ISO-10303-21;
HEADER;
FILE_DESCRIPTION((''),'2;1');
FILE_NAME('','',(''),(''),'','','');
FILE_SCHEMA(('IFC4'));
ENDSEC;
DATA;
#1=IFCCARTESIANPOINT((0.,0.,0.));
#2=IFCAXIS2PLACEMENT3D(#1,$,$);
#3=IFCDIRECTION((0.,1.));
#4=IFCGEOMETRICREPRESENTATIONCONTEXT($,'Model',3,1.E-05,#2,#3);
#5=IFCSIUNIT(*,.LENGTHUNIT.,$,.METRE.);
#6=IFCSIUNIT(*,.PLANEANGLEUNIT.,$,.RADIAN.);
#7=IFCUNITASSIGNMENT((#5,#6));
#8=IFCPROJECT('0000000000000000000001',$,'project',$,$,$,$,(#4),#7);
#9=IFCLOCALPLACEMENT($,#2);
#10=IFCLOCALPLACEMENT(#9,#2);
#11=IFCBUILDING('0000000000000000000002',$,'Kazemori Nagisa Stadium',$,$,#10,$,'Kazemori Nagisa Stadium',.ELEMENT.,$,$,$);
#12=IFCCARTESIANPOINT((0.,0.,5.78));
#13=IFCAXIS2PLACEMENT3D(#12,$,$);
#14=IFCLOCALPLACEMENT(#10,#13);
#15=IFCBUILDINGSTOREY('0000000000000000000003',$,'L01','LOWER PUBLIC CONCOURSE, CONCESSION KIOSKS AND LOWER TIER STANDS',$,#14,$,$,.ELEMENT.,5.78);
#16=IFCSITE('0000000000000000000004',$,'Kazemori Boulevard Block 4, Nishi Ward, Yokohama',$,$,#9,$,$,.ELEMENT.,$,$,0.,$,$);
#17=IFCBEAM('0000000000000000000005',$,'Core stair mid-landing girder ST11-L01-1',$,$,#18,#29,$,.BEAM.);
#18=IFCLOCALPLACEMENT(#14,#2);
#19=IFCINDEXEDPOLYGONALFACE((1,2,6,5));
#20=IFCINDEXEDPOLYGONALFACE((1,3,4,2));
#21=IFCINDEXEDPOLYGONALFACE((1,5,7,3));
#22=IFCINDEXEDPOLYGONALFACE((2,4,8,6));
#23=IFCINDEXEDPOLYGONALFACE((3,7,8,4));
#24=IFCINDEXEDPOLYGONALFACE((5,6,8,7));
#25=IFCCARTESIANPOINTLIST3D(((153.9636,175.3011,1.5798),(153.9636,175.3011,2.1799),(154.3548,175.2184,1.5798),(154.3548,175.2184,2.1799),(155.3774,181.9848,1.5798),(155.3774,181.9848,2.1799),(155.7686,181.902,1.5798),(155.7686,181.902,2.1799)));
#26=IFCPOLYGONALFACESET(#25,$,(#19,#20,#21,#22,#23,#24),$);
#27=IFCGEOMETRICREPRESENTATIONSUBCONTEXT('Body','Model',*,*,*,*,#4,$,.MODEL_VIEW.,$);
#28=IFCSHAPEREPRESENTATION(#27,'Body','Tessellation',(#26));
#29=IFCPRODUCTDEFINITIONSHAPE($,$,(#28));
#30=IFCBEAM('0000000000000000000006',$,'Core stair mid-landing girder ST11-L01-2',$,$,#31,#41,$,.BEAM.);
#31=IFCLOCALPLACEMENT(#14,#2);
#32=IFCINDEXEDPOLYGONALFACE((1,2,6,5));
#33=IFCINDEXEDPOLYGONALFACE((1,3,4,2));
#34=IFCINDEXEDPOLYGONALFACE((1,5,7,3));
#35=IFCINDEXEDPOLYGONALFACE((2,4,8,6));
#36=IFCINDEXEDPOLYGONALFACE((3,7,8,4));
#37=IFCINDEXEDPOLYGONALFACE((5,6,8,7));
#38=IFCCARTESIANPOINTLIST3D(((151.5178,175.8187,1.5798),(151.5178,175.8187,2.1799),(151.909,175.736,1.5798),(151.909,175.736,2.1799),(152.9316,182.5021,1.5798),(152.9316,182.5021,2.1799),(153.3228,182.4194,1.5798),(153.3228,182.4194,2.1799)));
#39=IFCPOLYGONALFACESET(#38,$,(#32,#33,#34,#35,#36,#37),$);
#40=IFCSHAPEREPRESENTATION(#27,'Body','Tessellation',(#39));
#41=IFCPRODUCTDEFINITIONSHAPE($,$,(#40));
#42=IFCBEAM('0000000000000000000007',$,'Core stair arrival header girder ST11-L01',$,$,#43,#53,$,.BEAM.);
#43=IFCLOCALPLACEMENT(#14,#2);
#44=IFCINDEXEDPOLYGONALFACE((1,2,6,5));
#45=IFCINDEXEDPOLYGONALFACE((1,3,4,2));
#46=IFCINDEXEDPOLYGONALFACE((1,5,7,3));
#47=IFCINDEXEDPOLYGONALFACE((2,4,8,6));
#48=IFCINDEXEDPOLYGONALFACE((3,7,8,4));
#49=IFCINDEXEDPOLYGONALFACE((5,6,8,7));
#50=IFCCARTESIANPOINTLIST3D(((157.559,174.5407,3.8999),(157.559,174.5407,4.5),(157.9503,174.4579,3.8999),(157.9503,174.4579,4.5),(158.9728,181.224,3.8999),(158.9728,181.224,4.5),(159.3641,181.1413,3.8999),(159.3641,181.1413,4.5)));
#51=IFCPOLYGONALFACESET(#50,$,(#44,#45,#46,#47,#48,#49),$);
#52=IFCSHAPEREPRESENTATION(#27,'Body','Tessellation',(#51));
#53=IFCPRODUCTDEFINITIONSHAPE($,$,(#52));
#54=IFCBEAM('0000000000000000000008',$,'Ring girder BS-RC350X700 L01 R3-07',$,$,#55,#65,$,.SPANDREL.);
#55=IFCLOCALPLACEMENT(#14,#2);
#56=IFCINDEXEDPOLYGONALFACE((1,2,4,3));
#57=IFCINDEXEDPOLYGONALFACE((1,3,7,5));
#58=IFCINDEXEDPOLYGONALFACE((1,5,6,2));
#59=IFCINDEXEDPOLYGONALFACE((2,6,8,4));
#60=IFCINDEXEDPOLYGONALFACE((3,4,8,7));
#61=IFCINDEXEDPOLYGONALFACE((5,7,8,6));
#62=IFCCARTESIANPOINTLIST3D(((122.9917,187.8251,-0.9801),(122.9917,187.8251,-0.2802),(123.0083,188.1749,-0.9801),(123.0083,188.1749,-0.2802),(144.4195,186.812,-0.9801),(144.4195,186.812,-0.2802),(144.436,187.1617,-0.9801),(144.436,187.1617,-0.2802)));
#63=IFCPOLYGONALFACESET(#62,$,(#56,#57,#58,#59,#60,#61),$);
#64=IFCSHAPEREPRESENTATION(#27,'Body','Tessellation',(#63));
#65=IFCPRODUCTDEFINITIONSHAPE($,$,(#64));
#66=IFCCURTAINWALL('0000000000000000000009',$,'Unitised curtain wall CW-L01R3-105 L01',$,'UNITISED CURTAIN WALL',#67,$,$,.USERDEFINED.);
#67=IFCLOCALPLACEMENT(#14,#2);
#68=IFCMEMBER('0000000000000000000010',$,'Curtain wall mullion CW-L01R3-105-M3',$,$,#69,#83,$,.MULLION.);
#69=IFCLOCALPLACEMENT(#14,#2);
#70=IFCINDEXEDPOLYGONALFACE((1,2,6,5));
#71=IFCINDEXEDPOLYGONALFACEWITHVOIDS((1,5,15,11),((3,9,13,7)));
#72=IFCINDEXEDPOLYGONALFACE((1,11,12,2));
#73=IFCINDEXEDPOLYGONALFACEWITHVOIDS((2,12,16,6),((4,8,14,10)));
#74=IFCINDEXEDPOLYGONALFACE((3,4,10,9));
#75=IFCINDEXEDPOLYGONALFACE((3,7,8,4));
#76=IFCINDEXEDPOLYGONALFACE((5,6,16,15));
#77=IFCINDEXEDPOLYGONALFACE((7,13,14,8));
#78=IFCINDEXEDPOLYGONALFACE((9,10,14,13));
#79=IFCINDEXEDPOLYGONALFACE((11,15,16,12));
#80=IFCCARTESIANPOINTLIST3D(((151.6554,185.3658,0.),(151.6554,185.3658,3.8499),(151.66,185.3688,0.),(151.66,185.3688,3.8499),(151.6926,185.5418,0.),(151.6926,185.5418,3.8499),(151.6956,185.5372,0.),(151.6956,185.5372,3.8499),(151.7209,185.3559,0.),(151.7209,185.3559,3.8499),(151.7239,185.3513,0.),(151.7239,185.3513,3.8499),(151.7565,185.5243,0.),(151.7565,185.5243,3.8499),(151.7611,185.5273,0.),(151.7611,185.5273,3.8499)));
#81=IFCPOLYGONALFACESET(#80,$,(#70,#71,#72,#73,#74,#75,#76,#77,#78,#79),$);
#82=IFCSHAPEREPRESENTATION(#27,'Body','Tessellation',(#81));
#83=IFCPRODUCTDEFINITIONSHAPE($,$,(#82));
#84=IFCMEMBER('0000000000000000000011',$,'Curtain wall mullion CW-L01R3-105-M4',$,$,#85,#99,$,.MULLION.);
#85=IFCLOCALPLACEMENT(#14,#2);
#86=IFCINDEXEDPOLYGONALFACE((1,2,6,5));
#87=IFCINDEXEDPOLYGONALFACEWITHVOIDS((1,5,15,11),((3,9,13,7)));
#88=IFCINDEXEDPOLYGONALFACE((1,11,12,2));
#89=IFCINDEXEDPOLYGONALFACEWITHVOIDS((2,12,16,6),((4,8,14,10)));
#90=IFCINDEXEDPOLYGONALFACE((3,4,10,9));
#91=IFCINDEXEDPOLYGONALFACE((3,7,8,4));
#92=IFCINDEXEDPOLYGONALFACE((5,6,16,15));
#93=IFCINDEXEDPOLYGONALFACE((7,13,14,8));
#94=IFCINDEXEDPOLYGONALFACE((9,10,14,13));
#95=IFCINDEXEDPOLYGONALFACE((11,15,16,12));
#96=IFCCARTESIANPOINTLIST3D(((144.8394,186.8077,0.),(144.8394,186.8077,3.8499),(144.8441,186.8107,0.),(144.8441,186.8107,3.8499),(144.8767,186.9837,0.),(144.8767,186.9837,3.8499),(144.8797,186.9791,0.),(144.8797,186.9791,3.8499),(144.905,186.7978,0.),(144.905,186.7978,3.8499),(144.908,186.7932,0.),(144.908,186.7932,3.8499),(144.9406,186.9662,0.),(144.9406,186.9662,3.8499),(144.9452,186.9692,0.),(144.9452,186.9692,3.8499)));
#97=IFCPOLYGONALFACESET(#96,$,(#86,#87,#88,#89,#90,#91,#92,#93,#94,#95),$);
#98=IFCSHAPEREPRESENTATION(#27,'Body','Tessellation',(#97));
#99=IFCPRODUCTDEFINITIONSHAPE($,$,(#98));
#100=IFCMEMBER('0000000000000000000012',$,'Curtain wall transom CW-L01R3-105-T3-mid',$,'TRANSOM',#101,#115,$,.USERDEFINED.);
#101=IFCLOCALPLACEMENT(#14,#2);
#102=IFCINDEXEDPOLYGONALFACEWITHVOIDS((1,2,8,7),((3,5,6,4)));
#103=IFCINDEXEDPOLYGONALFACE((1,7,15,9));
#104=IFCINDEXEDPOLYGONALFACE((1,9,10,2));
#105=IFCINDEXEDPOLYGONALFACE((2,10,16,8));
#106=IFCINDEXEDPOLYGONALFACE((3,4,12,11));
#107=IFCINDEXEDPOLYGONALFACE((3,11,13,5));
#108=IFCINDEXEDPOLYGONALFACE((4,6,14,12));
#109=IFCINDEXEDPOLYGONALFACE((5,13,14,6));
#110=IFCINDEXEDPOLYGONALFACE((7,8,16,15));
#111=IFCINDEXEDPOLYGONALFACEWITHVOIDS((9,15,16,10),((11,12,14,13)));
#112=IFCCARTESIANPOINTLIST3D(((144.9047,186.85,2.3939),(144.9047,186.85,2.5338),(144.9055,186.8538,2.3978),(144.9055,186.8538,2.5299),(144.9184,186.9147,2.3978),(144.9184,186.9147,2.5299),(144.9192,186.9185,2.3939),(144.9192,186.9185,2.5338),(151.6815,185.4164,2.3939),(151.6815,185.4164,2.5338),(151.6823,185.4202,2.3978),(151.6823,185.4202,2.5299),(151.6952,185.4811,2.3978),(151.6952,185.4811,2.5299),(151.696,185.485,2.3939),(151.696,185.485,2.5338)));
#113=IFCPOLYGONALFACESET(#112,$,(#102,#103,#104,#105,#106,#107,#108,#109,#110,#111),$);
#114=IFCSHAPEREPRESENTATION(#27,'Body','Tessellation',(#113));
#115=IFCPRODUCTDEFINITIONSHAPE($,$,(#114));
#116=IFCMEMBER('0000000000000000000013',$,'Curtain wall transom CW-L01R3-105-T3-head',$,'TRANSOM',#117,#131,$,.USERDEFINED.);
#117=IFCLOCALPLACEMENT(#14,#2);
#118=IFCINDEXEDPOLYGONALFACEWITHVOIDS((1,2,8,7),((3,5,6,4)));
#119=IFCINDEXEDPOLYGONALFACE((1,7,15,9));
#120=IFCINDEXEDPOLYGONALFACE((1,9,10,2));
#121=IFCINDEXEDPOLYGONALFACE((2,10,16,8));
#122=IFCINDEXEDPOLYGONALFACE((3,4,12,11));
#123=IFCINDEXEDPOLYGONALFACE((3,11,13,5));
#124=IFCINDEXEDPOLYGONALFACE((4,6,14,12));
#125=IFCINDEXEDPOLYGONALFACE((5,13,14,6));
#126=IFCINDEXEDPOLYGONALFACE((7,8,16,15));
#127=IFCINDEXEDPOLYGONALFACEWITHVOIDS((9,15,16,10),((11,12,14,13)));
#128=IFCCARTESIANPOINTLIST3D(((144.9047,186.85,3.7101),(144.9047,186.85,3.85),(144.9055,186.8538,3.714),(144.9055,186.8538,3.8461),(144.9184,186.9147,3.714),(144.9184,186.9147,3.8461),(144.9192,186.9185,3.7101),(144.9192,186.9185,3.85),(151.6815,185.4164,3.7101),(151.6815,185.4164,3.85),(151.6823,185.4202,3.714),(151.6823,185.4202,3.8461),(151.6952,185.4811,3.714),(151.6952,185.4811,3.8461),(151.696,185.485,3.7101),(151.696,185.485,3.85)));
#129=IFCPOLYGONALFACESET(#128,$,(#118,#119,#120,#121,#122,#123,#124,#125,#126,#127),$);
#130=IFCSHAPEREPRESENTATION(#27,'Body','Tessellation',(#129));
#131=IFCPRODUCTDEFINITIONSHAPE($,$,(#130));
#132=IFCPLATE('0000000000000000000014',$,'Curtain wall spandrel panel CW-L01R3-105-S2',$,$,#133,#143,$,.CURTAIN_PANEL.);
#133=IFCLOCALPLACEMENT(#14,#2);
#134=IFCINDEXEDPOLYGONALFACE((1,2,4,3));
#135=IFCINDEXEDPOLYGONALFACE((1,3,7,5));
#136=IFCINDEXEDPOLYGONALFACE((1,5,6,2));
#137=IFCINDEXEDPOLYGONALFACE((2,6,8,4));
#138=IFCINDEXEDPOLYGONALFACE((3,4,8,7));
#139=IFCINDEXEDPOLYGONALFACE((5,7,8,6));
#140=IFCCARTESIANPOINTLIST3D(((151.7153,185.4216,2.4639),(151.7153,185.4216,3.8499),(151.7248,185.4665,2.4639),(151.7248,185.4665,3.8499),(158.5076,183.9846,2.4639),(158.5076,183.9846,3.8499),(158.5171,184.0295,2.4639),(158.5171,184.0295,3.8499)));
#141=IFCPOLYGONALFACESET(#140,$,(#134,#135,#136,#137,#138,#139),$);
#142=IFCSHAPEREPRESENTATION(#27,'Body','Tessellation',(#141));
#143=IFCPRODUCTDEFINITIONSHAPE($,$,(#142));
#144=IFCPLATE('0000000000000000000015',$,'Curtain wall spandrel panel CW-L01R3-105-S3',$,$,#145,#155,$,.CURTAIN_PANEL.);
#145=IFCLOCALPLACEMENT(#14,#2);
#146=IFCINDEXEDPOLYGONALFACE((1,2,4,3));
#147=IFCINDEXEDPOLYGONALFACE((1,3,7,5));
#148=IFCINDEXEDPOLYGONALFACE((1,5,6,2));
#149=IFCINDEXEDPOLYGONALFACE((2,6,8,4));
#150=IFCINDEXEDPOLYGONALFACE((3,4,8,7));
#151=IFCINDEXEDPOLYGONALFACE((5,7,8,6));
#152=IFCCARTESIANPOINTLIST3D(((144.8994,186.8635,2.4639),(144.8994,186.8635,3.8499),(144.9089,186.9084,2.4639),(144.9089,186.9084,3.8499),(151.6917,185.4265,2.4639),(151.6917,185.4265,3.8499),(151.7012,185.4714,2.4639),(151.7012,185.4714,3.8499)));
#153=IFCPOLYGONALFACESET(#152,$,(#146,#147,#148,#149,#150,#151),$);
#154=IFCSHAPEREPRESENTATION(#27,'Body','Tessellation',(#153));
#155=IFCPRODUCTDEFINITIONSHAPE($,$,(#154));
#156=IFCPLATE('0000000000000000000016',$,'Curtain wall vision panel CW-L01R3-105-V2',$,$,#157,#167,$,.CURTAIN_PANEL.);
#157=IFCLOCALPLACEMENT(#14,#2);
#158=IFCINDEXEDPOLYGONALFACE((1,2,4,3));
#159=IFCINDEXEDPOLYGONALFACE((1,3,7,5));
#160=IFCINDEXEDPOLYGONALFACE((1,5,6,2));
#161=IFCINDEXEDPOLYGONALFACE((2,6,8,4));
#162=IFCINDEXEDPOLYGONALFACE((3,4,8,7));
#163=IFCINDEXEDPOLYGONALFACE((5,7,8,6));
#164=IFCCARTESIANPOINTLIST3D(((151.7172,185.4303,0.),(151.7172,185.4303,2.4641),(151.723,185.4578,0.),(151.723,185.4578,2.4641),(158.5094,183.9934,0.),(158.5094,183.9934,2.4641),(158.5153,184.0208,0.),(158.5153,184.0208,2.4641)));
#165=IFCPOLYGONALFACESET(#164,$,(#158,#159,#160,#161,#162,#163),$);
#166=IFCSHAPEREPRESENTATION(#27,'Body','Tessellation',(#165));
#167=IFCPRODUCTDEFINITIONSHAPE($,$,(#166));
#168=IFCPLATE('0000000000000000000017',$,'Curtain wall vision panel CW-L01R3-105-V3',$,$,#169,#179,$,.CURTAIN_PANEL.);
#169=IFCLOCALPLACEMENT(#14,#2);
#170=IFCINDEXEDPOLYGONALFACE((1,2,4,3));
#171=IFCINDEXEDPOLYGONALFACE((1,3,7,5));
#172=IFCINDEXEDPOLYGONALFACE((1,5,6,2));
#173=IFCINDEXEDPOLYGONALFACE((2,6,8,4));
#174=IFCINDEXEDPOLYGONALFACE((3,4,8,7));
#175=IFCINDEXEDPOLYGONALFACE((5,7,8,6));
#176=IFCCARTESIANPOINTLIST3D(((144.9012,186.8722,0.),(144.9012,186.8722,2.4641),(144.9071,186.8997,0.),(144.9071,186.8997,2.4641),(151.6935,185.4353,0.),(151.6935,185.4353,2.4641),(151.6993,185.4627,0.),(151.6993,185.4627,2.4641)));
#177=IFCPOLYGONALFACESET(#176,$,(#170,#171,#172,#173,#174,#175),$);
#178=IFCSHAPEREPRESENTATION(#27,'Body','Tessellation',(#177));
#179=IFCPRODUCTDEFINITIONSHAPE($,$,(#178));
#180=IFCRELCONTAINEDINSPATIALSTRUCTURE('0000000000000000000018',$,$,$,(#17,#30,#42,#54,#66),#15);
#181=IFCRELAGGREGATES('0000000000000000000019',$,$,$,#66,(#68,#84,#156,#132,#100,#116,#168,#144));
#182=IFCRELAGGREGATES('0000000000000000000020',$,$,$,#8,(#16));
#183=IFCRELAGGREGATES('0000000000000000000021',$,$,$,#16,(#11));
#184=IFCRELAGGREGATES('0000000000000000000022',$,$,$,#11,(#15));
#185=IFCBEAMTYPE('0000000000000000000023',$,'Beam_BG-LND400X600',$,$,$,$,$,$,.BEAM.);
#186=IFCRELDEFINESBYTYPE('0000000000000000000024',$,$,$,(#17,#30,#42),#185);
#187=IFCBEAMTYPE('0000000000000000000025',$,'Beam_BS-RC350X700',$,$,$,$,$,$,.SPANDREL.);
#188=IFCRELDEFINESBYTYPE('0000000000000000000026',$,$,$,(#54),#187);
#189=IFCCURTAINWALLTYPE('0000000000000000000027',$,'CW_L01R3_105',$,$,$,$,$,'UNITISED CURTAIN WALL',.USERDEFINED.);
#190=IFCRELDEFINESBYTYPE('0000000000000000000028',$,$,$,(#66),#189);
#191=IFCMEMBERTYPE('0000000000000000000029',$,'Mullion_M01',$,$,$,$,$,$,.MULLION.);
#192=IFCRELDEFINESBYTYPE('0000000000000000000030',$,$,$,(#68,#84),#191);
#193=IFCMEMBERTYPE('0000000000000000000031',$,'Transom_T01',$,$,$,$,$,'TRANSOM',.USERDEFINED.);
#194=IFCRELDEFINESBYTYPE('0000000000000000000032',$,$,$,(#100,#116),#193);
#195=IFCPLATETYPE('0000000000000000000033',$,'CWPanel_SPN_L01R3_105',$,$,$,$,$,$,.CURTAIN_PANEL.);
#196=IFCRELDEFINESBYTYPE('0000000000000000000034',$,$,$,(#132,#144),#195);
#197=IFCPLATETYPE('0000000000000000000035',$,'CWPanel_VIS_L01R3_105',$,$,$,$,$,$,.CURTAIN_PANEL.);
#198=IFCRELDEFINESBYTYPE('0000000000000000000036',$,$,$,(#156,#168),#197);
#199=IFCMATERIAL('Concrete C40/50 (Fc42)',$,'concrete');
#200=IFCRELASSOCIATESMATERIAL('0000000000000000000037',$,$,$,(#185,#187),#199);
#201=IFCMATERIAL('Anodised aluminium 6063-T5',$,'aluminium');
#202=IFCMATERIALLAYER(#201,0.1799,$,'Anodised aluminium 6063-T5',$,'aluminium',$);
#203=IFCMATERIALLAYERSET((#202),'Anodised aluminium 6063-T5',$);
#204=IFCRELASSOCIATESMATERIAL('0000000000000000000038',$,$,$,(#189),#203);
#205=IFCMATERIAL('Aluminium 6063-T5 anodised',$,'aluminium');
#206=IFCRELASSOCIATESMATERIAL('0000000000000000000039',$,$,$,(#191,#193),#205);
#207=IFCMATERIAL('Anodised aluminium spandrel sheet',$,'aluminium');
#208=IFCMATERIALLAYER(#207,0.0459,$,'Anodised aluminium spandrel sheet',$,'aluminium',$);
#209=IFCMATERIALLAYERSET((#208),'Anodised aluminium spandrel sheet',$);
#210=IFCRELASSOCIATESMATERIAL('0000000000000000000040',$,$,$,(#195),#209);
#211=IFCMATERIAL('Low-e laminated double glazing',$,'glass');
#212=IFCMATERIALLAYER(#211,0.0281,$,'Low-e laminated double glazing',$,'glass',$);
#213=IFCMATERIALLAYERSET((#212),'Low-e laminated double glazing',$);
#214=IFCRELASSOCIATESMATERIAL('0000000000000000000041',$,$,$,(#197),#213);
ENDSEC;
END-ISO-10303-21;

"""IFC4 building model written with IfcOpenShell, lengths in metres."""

from ifc_helpers import new_model, si_unit, direction, frame, origin, origin_2d, place, context, subcontext, project, spatial, rectangle, hollow_rectangle, extrude, material, layer, layer_set, material_profile, profile_set, type_object, element, aggregate, save


model = new_model("IFC4")

# Units and contexts
model_context = context("Model", 3, precision=1e-05, world=origin(), true_north=direction((0.0, 1.0)))
body_context = subcontext(model_context, "Body", "Model", "MODEL_VIEW")
ifc_project = project(units=[si_unit("LENGTHUNIT", "METRE"), si_unit("PLANEANGLEUNIT", "RADIAN")], contexts=[model_context])

# Site, building, storey
site_placement = place(None, origin())
site = spatial("IfcSite", under=ifc_project, at=site_placement, Name="Kazemori Boulevard Block 4, Nishi Ward, Yokohama", CompositionType="ELEMENT", RefElevation=0.0)
building_placement = place(site_placement, origin())
building = spatial("IfcBuilding", under=site, at=building_placement, Name="Kazemori Nagisa Stadium", LongName="Kazemori Nagisa Stadium", CompositionType="ELEMENT")
storey_placement = place(building_placement, frame((0.0, 0.0, 5.78)))
storey = spatial("IfcBuildingStorey", under=building, at=storey_placement, Name="L01", Description="LOWER PUBLIC CONCOURSE, CONCESSION KIOSKS AND LOWER TIER STANDS", CompositionType="ELEMENT", Elevation=5.78)

# Beams
ifc_material_1 = material(Name="Concrete C40/50 (Fc42)", Category="concrete")
ifc_material_profile_1 = material_profile(ifc_material_1, rectangle(XDim=0.3999, YDim=0.6001, at=origin_2d()), Name="RC-BM-400x600")
ifc_profile_set_1 = profile_set([ifc_material_profile_1], Name="Concrete C40/50 (Fc42)")
beam_type_1 = type_object("IfcBeamType", Name="Beam_BG-LND400X600", PredefinedType="BEAM", material=ifc_profile_set_1)
beam_1_placement = place(storey_placement, frame((154.1592, 175.2598, 1.8799), z_axis=(0.206956, 0.97835, 0.0), x_axis=(-0.97835, 0.206956, 0.0)))
element("IfcBeam", 1, at=beam_1_placement, inside=storey, type_object=beam_type_1, Name="Core stair mid-landing girder ST11-L01-1", PredefinedType="BEAM", context=body_context, shape_type="SweptSolid", body=[
    extrude(rectangle(XDim=0.3999, YDim=0.6001, at=origin_2d()), origin(), (0.0, 0.0, 1.0), 6.8315),
])
for number, where, z_axis, x_axis, name in (
    (2, (151.7134, 175.7773, 1.8799), (0.206963, 0.978349, 0.0), (-0.978349, 0.206963, 0.0), "Core stair mid-landing girder ST11-L01-2"),
    (3, (157.7546, 174.4993, 4.2), (0.206963, 0.978349, 0.0), (-0.978349, 0.206963, 0.0), "Core stair arrival header girder ST11-L01"),
):
    element("IfcBeam", number, at=place(storey_placement, frame(where, z_axis=z_axis, x_axis=x_axis)), inside=storey, type_object=beam_type_1, Name=name, PredefinedType="BEAM", context=body_context, shape_type="SweptSolid", body=[
        extrude(rectangle(XDim=0.3999, YDim=0.6001, at=origin_2d()), origin(), (0.0, 0.0, 1.0), 6.8313),
    ])
ifc_material_profile_2 = material_profile(ifc_material_1, rectangle(XDim=0.3501, YDim=0.7, at=origin_2d()), Name="RC-SP-350x700")
ifc_profile_set_2 = profile_set([ifc_material_profile_2], Name="Concrete C40/50 (Fc42)")
beam_type_2 = type_object("IfcBeamType", Name="Beam_BS-RC350X700", PredefinedType="SPANDREL", material=ifc_profile_set_2)
beam_2_placement = place(storey_placement, frame((144.4277, 186.9868, -0.6301), z_axis=(-0.998884, 0.047231, 0.0), x_axis=(-0.047231, -0.998884, 0.0)))
element("IfcBeam", 4, at=beam_2_placement, inside=storey, type_object=beam_type_2, Name="Ring girder BS-RC350X700 L01 R3-07", PredefinedType="SPANDREL", context=body_context, shape_type="SweptSolid", body=[
    extrude(rectangle(XDim=0.3501, YDim=0.7, at=origin_2d()), origin(), (0.0, 0.0, 1.0), 21.4517),
])

# Curtain wall, members, plates
ifc_material_2 = material(Name="Anodised aluminium 6063-T5", Category="aluminium")
ifc_layer_1 = layer(ifc_material_2, 0.1799, Name="Anodised aluminium 6063-T5", Category="aluminium")
ifc_layer_set_1 = layer_set([ifc_layer_1], Name="Anodised aluminium 6063-T5")
curtain_wall_type = type_object("IfcCurtainWallType", Name="CW_L01R3_105", ElementType="UNITISED CURTAIN WALL", PredefinedType="USERDEFINED", material=ifc_layer_set_1)
curtain_wall_placement = place(storey_placement, origin())
curtain_wall = element("IfcCurtainWall", 5, at=curtain_wall_placement, inside=storey, type_object=curtain_wall_type, Name="Unitised curtain wall CW-L01R3-105 L01", ObjectType="UNITISED CURTAIN WALL", PredefinedType="USERDEFINED")
ifc_material_3 = material(Name="Aluminium 6063-T5 anodised", Category="aluminium")
ifc_material_profile_3 = material_profile(ifc_material_3, hollow_rectangle(XDim=0.0701, YDim=0.1799, WallThickness=0.0039, at=origin_2d()), Name="ALU-MULL-70x180x4")
ifc_profile_set_3 = profile_set([ifc_material_profile_3], Name="Aluminium 6063-T5 anodised")
member_type_1 = type_object("IfcMemberType", Name="Mullion_M01", PredefinedType="MULLION", material=ifc_profile_set_3)
member_1_placement = place(storey_placement, frame((151.7083, 185.4465, 0.0), z_axis=(0.0, 0.0, 1.0), x_axis=(-0.978345, 0.206981, 0.0)))
member_1 = element("IfcMember", 6, at=member_1_placement, type_object=member_type_1, Name="Curtain wall mullion CW-L01R3-105-M3", PredefinedType="MULLION", context=body_context, shape_type="SweptSolid", body=[
    extrude(hollow_rectangle(XDim=0.0701, YDim=0.1799, WallThickness=0.0039, at=origin_2d()), origin(), (0.0, 0.0, 1.0), 3.8499),
])
member_2_placement = place(storey_placement, frame((144.8923, 186.8884, 0.0), z_axis=(0.0, 0.0, 1.0), x_axis=(-0.978345, 0.206981, 0.0)))
member_2 = element("IfcMember", 7, at=member_2_placement, type_object=member_type_1, Name="Curtain wall mullion CW-L01R3-105-M4", PredefinedType="MULLION", context=body_context, shape_type="SweptSolid", body=[
    extrude(hollow_rectangle(XDim=0.0701, YDim=0.1799, WallThickness=0.0039, at=origin_2d()), origin(), (0.0, 0.0, 1.0), 3.8499),
])
ifc_material_profile_4 = material_profile(ifc_material_3, hollow_rectangle(XDim=0.0701, YDim=0.1399, WallThickness=0.0039, at=origin_2d()), Name="ALU-TRAN-70x140x4")
ifc_profile_set_4 = profile_set([ifc_material_profile_4], Name="Aluminium 6063-T5 anodised")
member_type_2 = type_object("IfcMemberType", Name="Transom_T01", ElementType="TRANSOM", PredefinedType="USERDEFINED", material=ifc_profile_set_4)
member_3_placement = place(storey_placement, frame((151.6887, 185.4507, 2.4639), z_axis=(-0.978349, 0.206962, 0.0), x_axis=(-0.206962, -0.978349, 0.0)))
member_3 = element("IfcMember", 8, at=member_3_placement, type_object=member_type_2, Name="Curtain wall transom CW-L01R3-105-T3-mid", ObjectType="TRANSOM", PredefinedType="USERDEFINED", context=body_context, shape_type="SweptSolid", body=[
    extrude(hollow_rectangle(XDim=0.0701, YDim=0.1399, WallThickness=0.0039, at=origin_2d()), origin(), (0.0, 0.0, 1.0), 6.9268),
])
member_4_placement = place(storey_placement, frame((151.6887, 185.4507, 3.78), z_axis=(-0.978349, 0.206962, 0.0), x_axis=(-0.206962, -0.978349, 0.0)))
member_4 = element("IfcMember", 9, at=member_4_placement, type_object=member_type_2, Name="Curtain wall transom CW-L01R3-105-T3-head", ObjectType="TRANSOM", PredefinedType="USERDEFINED", context=body_context, shape_type="SweptSolid", body=[
    extrude(hollow_rectangle(XDim=0.0701, YDim=0.1399, WallThickness=0.0039, at=origin_2d()), origin(), (0.0, 0.0, 1.0), 6.9268),
])
ifc_material_4 = material(Name="Anodised aluminium spandrel sheet", Category="aluminium")
ifc_layer_2 = layer(ifc_material_4, 0.0459, Name="Anodised aluminium spandrel sheet", Category="aluminium")
ifc_layer_set_2 = layer_set([ifc_layer_2], Name="Anodised aluminium spandrel sheet")
plate_type_1 = type_object("IfcPlateType", Name="CWPanel_SPN_L01R3_105", PredefinedType="CURTAIN_PANEL", material=ifc_layer_set_2)
plate_1_placement = place(storey_placement, frame((155.1162, 184.7256, 2.4639), z_axis=(0.0, 0.0, 1.0), x_axis=(-0.978345, 0.206981, 0.0)))
plate_1 = element("IfcPlate", 10, at=plate_1_placement, type_object=plate_type_1, Name="Curtain wall spandrel panel CW-L01R3-105-S2", PredefinedType="CURTAIN_PANEL", context=body_context, shape_type="SweptSolid", body=[
    extrude(rectangle(XDim=6.9426, YDim=0.0459, at=origin_2d()), origin(), (0.0, 0.0, 1.0), 1.386),
])
plate_2_placement = place(storey_placement, frame((148.3003, 186.1675, 2.4639), z_axis=(0.0, 0.0, 1.0), x_axis=(-0.978345, 0.206981, 0.0)))
plate_2 = element("IfcPlate", 11, at=plate_2_placement, type_object=plate_type_1, Name="Curtain wall spandrel panel CW-L01R3-105-S3", PredefinedType="CURTAIN_PANEL", context=body_context, shape_type="SweptSolid", body=[
    extrude(rectangle(XDim=6.9426, YDim=0.0459, at=origin_2d()), origin(), (0.0, 0.0, 1.0), 1.386),
])
ifc_material_5 = material(Name="Low-e laminated double glazing", Category="glass")
ifc_layer_3 = layer(ifc_material_5, 0.0281, Name="Low-e laminated double glazing", Category="glass")
ifc_layer_set_3 = layer_set([ifc_layer_3], Name="Low-e laminated double glazing")
plate_type_2 = type_object("IfcPlateType", Name="CWPanel_VIS_L01R3_105", PredefinedType="CURTAIN_PANEL", material=ifc_layer_set_3)
plate_3_placement = place(storey_placement, frame((155.1162, 184.7256, 0.0), z_axis=(0.0, 0.0, 1.0), x_axis=(-0.978345, 0.206981, 0.0)))
plate_3 = element("IfcPlate", 12, at=plate_3_placement, type_object=plate_type_2, Name="Curtain wall vision panel CW-L01R3-105-V2", PredefinedType="CURTAIN_PANEL", context=body_context, shape_type="SweptSolid", body=[
    extrude(rectangle(XDim=6.9426, YDim=0.0281, at=origin_2d()), origin(), (0.0, 0.0, 1.0), 2.4641),
])
plate_4_placement = place(storey_placement, frame((148.3003, 186.1675, 0.0), z_axis=(0.0, 0.0, 1.0), x_axis=(-0.978345, 0.206981, 0.0)))
plate_4 = element("IfcPlate", 13, at=plate_4_placement, type_object=plate_type_2, Name="Curtain wall vision panel CW-L01R3-105-V3", PredefinedType="CURTAIN_PANEL", context=body_context, shape_type="SweptSolid", body=[
    extrude(rectangle(XDim=6.9426, YDim=0.0281, at=origin_2d()), origin(), (0.0, 0.0, 1.0), 2.4641),
])
aggregate(curtain_wall, [member_1, member_2, plate_3, plate_1, member_3, member_4, plate_4, plate_2])

save(model, "model.ifc")
